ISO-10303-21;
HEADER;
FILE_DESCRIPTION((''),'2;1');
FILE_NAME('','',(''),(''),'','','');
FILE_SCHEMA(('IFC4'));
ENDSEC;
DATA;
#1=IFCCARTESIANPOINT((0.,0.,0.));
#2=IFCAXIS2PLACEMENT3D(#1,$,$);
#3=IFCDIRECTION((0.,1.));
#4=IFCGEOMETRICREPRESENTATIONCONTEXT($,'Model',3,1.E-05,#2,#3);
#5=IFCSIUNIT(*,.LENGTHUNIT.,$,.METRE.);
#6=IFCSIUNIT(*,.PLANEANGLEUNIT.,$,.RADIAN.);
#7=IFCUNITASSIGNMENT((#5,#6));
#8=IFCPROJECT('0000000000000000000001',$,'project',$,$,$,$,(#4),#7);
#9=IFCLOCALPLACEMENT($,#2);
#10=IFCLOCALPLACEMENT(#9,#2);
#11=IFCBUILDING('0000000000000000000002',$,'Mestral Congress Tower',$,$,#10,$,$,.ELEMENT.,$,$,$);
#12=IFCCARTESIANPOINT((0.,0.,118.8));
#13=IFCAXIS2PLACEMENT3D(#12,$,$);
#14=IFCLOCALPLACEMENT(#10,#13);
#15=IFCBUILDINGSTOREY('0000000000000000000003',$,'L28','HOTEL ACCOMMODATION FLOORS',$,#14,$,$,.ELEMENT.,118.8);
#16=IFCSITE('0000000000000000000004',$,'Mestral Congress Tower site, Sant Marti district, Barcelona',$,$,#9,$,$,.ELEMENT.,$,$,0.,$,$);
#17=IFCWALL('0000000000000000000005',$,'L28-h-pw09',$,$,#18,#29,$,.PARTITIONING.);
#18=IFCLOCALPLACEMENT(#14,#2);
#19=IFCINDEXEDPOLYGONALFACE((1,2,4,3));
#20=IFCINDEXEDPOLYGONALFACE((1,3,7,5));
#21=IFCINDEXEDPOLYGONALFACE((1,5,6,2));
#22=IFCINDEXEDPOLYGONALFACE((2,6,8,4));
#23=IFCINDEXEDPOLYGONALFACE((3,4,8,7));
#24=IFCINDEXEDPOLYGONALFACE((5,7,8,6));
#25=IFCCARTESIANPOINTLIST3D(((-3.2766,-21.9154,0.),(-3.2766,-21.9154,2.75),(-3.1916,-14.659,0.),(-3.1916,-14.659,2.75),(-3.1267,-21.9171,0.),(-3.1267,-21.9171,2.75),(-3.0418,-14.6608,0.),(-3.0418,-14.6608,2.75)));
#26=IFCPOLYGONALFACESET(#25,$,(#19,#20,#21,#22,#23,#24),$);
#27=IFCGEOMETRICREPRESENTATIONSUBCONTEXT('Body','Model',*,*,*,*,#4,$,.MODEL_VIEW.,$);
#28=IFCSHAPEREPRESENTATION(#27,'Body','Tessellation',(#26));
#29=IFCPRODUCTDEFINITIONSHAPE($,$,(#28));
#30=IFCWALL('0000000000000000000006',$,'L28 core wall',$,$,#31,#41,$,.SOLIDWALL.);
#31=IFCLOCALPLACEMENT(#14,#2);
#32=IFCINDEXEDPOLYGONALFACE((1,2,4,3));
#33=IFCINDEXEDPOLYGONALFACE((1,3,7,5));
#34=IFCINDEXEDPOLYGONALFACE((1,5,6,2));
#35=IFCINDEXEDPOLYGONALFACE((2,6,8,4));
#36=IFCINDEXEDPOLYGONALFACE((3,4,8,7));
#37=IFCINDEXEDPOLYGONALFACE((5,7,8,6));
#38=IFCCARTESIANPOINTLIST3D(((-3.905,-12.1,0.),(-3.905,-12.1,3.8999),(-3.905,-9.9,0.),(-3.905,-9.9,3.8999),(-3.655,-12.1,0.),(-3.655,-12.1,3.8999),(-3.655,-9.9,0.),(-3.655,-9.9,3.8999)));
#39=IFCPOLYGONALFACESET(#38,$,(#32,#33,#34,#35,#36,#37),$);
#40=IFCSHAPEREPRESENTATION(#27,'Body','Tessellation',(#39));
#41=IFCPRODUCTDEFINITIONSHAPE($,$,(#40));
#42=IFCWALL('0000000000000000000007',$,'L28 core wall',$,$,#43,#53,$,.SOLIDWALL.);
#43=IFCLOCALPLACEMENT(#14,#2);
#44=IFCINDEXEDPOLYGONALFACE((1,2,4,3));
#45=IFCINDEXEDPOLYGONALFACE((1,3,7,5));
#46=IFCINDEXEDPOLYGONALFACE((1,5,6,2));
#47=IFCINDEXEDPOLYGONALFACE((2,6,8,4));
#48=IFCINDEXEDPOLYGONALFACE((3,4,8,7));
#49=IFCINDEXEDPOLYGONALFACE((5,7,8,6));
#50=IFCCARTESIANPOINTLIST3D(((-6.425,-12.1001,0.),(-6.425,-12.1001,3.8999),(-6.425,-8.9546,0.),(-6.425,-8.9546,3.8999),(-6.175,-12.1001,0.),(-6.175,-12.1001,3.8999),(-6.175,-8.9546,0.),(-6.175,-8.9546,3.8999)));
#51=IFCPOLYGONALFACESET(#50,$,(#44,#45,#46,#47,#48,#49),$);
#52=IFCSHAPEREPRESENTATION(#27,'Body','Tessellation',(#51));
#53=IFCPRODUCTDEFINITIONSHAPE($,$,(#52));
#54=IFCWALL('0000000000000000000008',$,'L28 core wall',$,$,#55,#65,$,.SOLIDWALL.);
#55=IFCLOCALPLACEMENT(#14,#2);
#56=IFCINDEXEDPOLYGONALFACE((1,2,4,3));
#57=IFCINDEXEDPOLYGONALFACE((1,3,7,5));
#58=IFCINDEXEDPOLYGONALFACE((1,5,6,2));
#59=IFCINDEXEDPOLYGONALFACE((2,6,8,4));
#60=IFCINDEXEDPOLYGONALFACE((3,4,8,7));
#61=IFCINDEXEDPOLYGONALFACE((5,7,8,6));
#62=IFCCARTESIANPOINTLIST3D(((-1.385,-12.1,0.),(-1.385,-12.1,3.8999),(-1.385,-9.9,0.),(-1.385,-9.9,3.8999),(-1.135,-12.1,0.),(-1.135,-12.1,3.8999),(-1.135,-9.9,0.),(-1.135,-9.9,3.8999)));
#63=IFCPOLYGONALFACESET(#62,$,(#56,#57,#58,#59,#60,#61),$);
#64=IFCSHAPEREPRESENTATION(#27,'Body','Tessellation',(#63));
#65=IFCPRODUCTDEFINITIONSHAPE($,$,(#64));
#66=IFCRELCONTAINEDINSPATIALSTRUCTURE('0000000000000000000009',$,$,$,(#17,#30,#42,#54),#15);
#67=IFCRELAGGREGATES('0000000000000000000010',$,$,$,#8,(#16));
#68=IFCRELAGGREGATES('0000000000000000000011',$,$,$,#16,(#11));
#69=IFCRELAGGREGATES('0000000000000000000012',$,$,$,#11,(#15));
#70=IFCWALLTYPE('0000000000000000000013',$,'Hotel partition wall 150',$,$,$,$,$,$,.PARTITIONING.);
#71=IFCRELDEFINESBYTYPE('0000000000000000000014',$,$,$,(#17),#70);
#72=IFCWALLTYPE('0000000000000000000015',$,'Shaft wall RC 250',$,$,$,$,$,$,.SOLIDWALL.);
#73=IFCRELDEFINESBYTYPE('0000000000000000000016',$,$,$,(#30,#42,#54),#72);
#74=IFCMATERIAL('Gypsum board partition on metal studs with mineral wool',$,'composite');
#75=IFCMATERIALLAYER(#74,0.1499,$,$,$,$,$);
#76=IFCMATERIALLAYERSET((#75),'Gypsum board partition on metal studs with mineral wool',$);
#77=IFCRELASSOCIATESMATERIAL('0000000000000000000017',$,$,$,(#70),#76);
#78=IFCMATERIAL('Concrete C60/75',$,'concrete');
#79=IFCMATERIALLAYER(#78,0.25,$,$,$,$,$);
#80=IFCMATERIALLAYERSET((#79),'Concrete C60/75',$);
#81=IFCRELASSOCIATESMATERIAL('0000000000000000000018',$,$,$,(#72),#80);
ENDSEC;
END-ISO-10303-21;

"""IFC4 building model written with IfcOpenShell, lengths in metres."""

from ifc_helpers import new_model, si_unit, direction, frame, frame_2d, origin, place, context, subcontext, project, spatial, rectangle, extrude, material, layer, layer_set, type_object, element, save


model = new_model("IFC4")

# Units and contexts
model_context = context("Model", 3, precision=1e-05, world=origin(), true_north=direction((0.0, 1.0)))
body_context = subcontext(model_context, "Body", "Model", "MODEL_VIEW")
ifc_project = project(units=[si_unit("LENGTHUNIT", "METRE"), si_unit("PLANEANGLEUNIT", "RADIAN")], contexts=[model_context])

# Site, building, storey
site_placement = place(None, origin())
site = spatial("IfcSite", under=ifc_project, at=site_placement, Name="Mestral Congress Tower site, Sant Marti district, Barcelona", CompositionType="ELEMENT", RefElevation=0.0)
building_placement = place(site_placement, origin())
building = spatial("IfcBuilding", under=site, at=building_placement, Name="Mestral Congress Tower", CompositionType="ELEMENT")
storey_placement = place(building_placement, frame((0.0, 0.0, 118.8)))
storey = spatial("IfcBuildingStorey", under=building, at=storey_placement, Name="L28", Description="HOTEL ACCOMMODATION FLOORS", CompositionType="ELEMENT", Elevation=118.8)

# Shared definitions
ifc_material_1 = material(Name="Concrete C60/75", Category="concrete")

# Shared definitions
ifc_material_2 = material(Name="Gypsum board partition on metal studs with mineral wool", Category="composite")

# Walls
ifc_layer_1 = layer(ifc_material_2, 0.1499)
ifc_layer_set_1 = layer_set([ifc_layer_1], Name="Gypsum board partition on metal studs with mineral wool")
wall_type_1 = type_object("IfcWallType", Name="Hotel partition wall 150", PredefinedType="PARTITIONING", material=ifc_layer_set_1)
wall_1_placement = place(storey_placement, frame((-3.2017, -21.9163, 0.0), z_axis=(0.0, 0.0, 1.0), x_axis=(0.011708, 0.999931, 0.0)))
element("IfcWall", 1, at=wall_1_placement, inside=storey, type_object=wall_type_1, Name="L28-h-pw09", PredefinedType="PARTITIONING", context=body_context, shape_type="SweptSolid", body=[
    extrude(rectangle(XDim=7.2568, YDim=0.1499, at=frame_2d((3.6284, 0.0))), origin(), (0.0, 0.0, 1.0), 2.75),
])
ifc_layer_2 = layer(ifc_material_1, 0.25)
ifc_layer_set_2 = layer_set([ifc_layer_2], Name="Concrete C60/75")
wall_type_2 = type_object("IfcWallType", Name="Shaft wall RC 250", PredefinedType="SOLIDWALL", material=ifc_layer_set_2)
wall_2_placement = place(storey_placement, frame((-3.78, -12.1001, 0.0), z_axis=(0.0, 0.0, 1.0), x_axis=(0.0, 1.0, 0.0)))
element("IfcWall", 2, at=wall_2_placement, inside=storey, type_object=wall_type_2, Name="L28 core wall", PredefinedType="SOLIDWALL", context=body_context, shape_type="SweptSolid", body=[
    extrude(rectangle(XDim=2.2, YDim=0.25, at=frame_2d((1.1001, 0.0))), origin(), (0.0, 0.0, 1.0), 3.8999),
])
wall_3_placement = place(storey_placement, frame((-6.3, -12.1001, 0.0), z_axis=(0.0, 0.0, 1.0), x_axis=(0.0, 1.0, 0.0)))
element("IfcWall", 3, at=wall_3_placement, inside=storey, type_object=wall_type_2, Name="L28 core wall", PredefinedType="SOLIDWALL", context=body_context, shape_type="SweptSolid", body=[
    extrude(rectangle(XDim=3.1455, YDim=0.25, at=frame_2d((1.5728, 0.0))), origin(), (0.0, 0.0, 1.0), 3.8999),
])
wall_4_placement = place(storey_placement, frame((-1.26, -12.1001, 0.0), z_axis=(0.0, 0.0, 1.0), x_axis=(0.0, 1.0, 0.0)))
element("IfcWall", 4, at=wall_4_placement, inside=storey, type_object=wall_type_2, Name="L28 core wall", PredefinedType="SOLIDWALL", context=body_context, shape_type="SweptSolid", body=[
    extrude(rectangle(XDim=2.2, YDim=0.25, at=frame_2d((1.1001, 0.0))), origin(), (0.0, 0.0, 1.0), 3.8999),
])

save(model, "model.ifc")
